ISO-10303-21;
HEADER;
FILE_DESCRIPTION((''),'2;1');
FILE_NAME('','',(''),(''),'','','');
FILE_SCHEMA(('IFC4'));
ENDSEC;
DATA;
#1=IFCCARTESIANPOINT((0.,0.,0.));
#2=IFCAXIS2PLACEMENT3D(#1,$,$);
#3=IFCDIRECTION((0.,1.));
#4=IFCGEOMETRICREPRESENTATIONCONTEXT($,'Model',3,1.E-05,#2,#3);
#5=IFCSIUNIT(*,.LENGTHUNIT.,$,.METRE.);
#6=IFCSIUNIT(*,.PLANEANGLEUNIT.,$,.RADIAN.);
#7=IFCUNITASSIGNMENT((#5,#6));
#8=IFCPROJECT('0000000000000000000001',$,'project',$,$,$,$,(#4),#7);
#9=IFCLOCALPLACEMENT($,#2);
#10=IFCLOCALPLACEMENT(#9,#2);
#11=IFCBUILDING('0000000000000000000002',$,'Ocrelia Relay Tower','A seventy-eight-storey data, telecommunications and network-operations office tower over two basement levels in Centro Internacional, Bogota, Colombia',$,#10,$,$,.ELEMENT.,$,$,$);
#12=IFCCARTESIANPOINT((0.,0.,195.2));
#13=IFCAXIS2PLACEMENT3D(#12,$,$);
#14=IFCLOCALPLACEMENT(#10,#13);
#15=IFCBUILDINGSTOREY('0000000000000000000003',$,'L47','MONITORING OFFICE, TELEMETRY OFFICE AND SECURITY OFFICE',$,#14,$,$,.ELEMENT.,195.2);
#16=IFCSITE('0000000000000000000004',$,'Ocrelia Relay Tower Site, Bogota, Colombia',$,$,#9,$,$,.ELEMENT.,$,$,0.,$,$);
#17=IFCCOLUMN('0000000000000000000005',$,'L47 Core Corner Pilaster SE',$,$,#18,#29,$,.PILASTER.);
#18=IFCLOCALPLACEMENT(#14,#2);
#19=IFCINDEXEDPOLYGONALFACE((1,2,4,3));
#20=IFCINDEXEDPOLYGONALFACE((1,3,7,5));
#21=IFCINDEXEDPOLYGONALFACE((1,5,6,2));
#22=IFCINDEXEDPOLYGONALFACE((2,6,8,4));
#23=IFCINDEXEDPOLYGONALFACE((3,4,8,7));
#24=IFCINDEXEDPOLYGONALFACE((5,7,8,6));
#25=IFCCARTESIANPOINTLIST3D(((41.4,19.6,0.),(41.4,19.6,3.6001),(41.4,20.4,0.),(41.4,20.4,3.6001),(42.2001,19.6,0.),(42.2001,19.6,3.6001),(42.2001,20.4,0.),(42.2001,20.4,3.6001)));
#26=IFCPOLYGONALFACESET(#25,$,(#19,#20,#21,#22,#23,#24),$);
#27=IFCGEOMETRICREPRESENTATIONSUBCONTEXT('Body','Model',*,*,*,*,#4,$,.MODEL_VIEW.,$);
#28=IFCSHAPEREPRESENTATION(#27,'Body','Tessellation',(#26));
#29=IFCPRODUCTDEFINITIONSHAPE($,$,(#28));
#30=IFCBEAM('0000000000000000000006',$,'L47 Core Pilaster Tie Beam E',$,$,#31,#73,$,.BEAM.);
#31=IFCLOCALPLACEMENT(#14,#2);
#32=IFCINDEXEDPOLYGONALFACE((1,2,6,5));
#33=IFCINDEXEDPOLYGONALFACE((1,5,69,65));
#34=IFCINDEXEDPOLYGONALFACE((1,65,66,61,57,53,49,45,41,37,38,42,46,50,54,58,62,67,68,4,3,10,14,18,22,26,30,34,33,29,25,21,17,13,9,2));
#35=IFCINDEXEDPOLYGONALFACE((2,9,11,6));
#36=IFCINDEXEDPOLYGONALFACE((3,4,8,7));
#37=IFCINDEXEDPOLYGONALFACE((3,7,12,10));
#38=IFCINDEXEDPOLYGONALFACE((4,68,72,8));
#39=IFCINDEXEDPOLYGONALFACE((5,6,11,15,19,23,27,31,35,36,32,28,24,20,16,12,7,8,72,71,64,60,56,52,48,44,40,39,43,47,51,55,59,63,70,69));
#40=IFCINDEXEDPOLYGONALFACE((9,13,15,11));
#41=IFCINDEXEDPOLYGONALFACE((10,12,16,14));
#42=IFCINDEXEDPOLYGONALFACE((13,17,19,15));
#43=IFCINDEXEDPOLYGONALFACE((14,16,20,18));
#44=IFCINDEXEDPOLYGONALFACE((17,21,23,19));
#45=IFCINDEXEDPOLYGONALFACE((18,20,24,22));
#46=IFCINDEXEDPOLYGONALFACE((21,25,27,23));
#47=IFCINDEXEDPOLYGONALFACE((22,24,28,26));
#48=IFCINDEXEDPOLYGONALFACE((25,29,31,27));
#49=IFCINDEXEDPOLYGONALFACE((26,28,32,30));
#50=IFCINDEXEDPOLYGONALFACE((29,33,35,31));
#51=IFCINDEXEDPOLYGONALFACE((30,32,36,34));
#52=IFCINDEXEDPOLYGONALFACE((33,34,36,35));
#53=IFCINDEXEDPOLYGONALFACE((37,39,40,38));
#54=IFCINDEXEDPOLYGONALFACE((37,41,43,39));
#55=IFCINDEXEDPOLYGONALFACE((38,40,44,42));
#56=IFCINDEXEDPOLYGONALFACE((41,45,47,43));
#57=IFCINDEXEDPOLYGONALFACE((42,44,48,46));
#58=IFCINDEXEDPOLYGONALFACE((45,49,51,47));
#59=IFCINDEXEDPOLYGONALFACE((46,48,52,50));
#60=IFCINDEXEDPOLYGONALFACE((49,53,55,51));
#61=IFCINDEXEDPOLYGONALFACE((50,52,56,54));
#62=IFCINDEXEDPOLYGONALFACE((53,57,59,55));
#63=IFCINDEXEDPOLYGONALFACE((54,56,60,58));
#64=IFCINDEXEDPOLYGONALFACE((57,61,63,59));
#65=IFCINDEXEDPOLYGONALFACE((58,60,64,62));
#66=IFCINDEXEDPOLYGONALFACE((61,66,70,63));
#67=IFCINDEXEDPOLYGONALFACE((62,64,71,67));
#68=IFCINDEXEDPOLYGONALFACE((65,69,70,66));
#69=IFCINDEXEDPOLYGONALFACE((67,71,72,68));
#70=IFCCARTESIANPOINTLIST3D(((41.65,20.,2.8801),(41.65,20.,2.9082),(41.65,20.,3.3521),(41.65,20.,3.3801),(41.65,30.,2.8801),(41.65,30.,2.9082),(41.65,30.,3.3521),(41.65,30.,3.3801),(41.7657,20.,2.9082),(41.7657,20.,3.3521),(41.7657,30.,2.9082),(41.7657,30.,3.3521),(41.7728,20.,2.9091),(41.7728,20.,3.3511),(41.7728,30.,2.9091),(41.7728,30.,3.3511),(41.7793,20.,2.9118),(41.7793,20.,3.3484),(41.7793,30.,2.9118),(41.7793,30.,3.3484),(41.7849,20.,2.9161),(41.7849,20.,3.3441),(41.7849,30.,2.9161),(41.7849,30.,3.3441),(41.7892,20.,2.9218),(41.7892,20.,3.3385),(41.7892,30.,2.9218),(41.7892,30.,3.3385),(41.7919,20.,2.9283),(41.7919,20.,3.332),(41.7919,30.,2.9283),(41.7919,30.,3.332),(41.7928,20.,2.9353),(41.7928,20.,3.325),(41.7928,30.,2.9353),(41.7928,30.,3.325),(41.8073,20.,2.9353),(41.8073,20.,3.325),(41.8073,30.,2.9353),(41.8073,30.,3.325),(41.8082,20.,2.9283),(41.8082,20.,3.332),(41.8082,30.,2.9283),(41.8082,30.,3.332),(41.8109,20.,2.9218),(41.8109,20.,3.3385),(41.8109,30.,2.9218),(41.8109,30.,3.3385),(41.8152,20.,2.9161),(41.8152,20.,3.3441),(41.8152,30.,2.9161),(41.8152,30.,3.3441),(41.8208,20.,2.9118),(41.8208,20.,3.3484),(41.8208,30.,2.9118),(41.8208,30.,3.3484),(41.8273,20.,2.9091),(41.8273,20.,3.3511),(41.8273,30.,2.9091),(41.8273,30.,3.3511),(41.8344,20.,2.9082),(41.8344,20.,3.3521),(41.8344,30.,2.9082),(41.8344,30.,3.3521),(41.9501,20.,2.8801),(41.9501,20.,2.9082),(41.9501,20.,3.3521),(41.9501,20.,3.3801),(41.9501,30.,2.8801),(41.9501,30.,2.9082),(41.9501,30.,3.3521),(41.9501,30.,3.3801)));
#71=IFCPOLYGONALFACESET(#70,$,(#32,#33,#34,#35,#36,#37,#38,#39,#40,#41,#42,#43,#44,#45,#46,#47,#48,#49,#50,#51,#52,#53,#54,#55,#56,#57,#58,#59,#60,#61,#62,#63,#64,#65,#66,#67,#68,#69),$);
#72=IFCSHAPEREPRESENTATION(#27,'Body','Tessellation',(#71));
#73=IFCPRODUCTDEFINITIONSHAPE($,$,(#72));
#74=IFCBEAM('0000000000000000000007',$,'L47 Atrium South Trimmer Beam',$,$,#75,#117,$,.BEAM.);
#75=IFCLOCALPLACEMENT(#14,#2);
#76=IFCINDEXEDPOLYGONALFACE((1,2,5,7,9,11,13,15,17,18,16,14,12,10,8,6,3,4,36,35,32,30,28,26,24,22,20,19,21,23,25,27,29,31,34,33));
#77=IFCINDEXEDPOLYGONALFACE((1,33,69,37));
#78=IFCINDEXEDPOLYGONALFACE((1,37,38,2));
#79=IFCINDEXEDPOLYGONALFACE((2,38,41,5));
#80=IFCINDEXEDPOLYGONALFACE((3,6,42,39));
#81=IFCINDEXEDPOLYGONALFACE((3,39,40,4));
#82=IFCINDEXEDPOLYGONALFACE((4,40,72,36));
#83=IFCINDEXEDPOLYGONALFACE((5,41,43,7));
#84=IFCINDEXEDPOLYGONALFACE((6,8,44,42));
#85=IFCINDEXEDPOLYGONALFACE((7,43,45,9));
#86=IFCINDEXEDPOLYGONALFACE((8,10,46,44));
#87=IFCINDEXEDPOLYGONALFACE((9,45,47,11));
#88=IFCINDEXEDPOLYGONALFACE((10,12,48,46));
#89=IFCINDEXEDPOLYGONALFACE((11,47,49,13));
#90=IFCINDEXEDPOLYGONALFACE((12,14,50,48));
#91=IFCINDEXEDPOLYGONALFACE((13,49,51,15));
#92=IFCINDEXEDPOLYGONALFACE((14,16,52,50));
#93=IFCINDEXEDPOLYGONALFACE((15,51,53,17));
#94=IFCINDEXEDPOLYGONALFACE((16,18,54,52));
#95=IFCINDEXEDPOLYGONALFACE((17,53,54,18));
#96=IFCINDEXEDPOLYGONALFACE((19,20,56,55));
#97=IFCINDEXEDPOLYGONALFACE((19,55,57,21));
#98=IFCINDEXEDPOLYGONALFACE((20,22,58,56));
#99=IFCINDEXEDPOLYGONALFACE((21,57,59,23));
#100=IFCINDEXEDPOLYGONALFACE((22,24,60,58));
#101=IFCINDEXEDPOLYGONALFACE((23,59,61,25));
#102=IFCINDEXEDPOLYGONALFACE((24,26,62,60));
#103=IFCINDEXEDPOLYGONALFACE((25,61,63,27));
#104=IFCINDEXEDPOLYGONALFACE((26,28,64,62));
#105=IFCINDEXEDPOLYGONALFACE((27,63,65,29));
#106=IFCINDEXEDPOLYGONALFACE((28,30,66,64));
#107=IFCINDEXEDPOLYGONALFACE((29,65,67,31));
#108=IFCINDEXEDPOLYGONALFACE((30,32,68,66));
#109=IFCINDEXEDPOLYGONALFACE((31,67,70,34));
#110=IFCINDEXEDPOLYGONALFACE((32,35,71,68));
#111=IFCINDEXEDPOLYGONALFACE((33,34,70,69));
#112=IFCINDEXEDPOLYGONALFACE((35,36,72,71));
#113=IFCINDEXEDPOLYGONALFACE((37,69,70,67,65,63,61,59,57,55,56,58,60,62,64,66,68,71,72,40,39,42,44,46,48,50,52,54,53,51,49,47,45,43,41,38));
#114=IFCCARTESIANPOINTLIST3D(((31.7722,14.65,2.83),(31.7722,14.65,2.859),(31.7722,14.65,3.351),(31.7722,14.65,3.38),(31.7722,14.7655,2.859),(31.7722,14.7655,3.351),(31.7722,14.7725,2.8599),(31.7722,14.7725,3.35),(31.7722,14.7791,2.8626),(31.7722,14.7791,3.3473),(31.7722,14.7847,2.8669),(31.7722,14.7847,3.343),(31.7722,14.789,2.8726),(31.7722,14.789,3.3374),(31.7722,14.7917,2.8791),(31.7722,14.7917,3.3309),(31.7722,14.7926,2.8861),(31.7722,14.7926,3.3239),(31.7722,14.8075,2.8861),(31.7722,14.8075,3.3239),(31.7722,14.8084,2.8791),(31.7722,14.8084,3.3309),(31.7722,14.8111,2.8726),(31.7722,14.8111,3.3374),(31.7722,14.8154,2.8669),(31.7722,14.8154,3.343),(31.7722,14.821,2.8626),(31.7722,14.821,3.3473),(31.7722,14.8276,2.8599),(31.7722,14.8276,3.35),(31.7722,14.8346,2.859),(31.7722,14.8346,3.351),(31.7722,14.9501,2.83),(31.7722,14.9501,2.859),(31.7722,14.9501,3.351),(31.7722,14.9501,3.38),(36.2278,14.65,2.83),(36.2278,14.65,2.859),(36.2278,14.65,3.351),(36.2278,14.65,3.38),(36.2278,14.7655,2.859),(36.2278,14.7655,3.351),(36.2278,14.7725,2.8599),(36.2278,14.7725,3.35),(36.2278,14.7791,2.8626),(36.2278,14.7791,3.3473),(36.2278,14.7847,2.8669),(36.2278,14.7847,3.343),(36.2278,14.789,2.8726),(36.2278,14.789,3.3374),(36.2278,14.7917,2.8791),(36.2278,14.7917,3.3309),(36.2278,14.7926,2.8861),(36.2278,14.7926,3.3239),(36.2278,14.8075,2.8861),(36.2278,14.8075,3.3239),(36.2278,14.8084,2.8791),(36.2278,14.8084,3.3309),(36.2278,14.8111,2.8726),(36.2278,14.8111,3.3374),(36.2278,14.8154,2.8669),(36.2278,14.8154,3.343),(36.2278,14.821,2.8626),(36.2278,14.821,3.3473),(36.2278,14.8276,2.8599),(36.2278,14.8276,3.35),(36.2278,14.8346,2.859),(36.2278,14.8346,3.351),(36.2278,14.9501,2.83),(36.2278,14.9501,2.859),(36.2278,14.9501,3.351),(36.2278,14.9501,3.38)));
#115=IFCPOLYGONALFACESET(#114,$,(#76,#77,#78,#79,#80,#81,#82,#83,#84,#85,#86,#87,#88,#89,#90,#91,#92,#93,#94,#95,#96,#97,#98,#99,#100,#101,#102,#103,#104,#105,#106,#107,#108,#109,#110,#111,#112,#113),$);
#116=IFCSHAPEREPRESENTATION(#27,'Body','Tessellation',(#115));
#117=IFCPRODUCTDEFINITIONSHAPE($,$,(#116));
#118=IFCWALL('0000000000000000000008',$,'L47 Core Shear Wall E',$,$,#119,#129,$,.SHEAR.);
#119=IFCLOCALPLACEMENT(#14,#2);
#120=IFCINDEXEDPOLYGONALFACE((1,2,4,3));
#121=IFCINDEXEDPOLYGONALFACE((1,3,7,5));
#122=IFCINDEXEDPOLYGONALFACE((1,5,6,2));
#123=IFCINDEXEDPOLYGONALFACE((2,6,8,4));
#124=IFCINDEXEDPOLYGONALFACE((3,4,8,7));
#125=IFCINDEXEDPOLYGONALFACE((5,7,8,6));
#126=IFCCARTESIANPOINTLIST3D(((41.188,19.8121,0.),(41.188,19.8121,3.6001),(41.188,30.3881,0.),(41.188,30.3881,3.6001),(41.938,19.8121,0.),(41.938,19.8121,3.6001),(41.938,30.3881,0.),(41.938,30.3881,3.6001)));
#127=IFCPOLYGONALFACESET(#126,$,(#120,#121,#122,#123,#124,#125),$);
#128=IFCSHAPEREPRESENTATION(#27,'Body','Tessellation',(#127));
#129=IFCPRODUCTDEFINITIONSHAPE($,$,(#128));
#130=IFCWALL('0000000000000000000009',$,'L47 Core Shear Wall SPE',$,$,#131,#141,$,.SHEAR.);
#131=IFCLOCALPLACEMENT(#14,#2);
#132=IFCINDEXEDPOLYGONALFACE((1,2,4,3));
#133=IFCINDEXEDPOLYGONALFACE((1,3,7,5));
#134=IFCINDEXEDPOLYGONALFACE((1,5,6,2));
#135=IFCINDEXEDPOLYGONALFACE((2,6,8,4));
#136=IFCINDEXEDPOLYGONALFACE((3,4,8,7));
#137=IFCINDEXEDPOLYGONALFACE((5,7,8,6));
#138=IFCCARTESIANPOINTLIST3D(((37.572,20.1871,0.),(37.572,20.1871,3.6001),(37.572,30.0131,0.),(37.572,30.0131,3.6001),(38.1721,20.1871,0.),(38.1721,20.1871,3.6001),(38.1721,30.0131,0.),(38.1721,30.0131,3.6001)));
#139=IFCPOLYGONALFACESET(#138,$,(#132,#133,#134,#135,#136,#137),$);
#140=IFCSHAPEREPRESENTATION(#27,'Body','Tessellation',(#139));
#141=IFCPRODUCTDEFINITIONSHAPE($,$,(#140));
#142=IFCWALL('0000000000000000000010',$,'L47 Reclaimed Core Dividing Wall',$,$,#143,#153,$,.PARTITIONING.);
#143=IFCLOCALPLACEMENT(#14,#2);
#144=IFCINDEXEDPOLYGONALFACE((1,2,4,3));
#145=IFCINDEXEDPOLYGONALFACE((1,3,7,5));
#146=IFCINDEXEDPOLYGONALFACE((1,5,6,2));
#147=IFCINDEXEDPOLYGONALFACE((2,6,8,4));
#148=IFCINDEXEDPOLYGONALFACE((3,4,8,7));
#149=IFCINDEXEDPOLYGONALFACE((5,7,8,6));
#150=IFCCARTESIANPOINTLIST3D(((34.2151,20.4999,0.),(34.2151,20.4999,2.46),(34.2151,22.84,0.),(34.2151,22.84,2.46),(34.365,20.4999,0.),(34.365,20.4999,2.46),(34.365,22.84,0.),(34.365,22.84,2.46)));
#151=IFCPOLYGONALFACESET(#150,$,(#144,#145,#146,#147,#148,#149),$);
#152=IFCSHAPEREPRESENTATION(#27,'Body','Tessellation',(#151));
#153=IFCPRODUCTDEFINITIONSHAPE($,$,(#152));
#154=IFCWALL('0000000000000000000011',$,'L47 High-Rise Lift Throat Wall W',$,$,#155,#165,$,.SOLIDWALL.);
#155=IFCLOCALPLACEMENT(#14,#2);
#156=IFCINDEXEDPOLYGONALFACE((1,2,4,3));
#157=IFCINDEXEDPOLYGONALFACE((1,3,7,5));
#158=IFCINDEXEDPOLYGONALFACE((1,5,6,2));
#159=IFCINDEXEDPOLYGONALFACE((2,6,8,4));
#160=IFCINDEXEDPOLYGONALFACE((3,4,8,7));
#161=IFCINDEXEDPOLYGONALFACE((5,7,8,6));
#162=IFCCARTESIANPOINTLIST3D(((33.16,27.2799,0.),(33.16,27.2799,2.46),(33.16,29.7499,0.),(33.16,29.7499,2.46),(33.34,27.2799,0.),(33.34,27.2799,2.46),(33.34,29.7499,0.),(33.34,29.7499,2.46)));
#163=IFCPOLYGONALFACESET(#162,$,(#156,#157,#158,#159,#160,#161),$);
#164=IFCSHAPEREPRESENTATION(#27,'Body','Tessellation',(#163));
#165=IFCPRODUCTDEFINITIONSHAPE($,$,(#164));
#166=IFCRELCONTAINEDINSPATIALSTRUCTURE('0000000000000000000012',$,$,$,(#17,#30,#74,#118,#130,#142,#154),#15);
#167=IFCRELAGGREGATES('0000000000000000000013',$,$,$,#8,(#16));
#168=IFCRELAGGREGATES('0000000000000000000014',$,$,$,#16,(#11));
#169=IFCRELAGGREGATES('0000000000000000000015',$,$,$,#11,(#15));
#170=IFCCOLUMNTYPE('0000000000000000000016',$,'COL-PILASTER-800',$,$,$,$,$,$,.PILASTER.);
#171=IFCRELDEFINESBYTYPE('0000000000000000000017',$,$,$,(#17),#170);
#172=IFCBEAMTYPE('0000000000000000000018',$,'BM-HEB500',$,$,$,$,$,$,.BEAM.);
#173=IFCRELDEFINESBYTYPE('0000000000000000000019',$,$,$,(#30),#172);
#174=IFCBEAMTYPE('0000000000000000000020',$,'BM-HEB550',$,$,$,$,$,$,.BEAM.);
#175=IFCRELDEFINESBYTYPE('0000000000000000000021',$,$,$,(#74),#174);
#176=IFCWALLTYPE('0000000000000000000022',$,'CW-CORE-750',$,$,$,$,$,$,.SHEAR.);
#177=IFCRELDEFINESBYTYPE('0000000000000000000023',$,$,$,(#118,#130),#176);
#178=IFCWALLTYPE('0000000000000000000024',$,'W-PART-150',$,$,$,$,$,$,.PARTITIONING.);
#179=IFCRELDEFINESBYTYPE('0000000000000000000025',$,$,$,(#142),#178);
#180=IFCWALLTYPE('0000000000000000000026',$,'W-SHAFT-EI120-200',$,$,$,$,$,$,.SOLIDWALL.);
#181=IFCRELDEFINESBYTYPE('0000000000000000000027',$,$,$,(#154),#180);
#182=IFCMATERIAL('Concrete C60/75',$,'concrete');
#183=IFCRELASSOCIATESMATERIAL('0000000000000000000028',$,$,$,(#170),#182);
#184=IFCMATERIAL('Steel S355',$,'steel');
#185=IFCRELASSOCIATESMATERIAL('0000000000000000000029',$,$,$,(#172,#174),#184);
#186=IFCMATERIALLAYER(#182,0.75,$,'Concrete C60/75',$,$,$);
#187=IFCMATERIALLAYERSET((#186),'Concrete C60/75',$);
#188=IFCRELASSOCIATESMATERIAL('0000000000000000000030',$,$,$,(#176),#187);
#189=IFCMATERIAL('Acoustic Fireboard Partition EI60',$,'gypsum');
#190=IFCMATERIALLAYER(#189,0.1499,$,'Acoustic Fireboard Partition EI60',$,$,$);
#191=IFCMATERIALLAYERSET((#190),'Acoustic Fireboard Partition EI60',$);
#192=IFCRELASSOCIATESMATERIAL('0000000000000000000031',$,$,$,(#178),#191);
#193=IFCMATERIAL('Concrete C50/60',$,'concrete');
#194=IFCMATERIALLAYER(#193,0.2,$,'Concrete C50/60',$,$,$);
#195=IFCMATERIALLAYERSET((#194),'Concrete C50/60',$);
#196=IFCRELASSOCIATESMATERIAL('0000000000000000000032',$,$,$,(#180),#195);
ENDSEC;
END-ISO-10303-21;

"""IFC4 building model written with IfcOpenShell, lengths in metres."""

from ifc_helpers import new_model, si_unit, direction, frame, frame_2d, origin, origin_2d, place, context, subcontext, project, spatial, rectangle, i_section, extrude, material, layer, layer_set, material_profile, profile_set, type_object, element, save


model = new_model("IFC4")

# Units and contexts
model_context = context("Model", 3, precision=1e-05, world=origin(), true_north=direction((0.0, 1.0)))
body_context = subcontext(model_context, "Body", "Model", "MODEL_VIEW")
ifc_project = project(units=[si_unit("LENGTHUNIT", "METRE"), si_unit("PLANEANGLEUNIT", "RADIAN")], contexts=[model_context])

# Site, building, storey
site_placement = place(None, origin())
site = spatial("IfcSite", under=ifc_project, at=site_placement, Name="Ocrelia Relay Tower Site, Bogota, Colombia", CompositionType="ELEMENT", RefElevation=0.0)
building_placement = place(site_placement, origin())
building = spatial("IfcBuilding", under=site, at=building_placement, Name="Ocrelia Relay Tower", Description="A seventy-eight-storey data, telecommunications and network-operations office tower over two basement levels in Centro Internacional, Bogota, Colombia", CompositionType="ELEMENT")
storey_placement = place(building_placement, frame((0.0, 0.0, 195.2)))
storey = spatial("IfcBuildingStorey", under=building, at=storey_placement, Name="L47", Description="MONITORING OFFICE, TELEMETRY OFFICE AND SECURITY OFFICE", CompositionType="ELEMENT", Elevation=195.2)

# Column
ifc_material_1 = material(Name="Concrete C60/75", Category="concrete")
ifc_material_profile_1 = material_profile(ifc_material_1, rectangle(XDim=0.8, YDim=0.8, at=origin_2d()), Name="RC-COL-800x800")
ifc_profile_set_1 = profile_set([ifc_material_profile_1], Name="Concrete C60/75")
column_type = type_object("IfcColumnType", Name="COL-PILASTER-800", PredefinedType="PILASTER", material=ifc_profile_set_1)
column_placement = place(storey_placement, frame((41.8, 20.0, 0.0), z_axis=(0.0, 0.0, 1.0), x_axis=(1.0, 0.0, 0.0)))
element("IfcColumn", 1, at=column_placement, inside=storey, type_object=column_type, Name="L47 Core Corner Pilaster SE", PredefinedType="PILASTER", context=body_context, shape_type="SweptSolid", body=[
    extrude(rectangle(XDim=0.8, YDim=0.8, at=origin_2d()), origin(), (0.0, 0.0, 1.0), 3.6001),
])

# Beams
ifc_material_2 = material(Name="Steel S355", Category="steel")
ifc_material_profile_2 = material_profile(ifc_material_2, i_section(OverallWidth=0.3, OverallDepth=0.5, WebThickness=0.0144, FlangeThickness=0.0281, FilletRadius=0.0271, at=origin_2d()), Name="HEB 500")
ifc_profile_set_2 = profile_set([ifc_material_profile_2], Name="Steel S355")
beam_type_1 = type_object("IfcBeamType", Name="BM-HEB500", PredefinedType="BEAM", material=ifc_profile_set_2)
beam_1_placement = place(storey_placement, frame((41.8, 20.0, 3.1301), z_axis=(0.0, 1.0, 0.0), x_axis=(-1.0, 0.0, 0.0)))
element("IfcBeam", 2, at=beam_1_placement, inside=storey, type_object=beam_type_1, Name="L47 Core Pilaster Tie Beam E", PredefinedType="BEAM", context=body_context, shape_type="SweptSolid", body=[
    extrude(i_section(OverallWidth=0.3, OverallDepth=0.5, WebThickness=0.0144, FlangeThickness=0.0281, FilletRadius=0.0271, at=origin_2d()), origin(), (0.0, 0.0, 1.0), 10.0),
])
ifc_material_profile_3 = material_profile(ifc_material_2, i_section(OverallWidth=0.3, OverallDepth=0.55, WebThickness=0.0149, FlangeThickness=0.0291, FilletRadius=0.0271, at=origin_2d()), Name="HEB 550")
ifc_profile_set_3 = profile_set([ifc_material_profile_3], Name="Steel S355")
beam_type_2 = type_object("IfcBeamType", Name="BM-HEB550", PredefinedType="BEAM", material=ifc_profile_set_3)
beam_2_placement = place(storey_placement, frame((31.7722, 14.8, 3.105), z_axis=(1.0, 0.0, 0.0), x_axis=(0.0, 1.0, 0.0)))
element("IfcBeam", 3, at=beam_2_placement, inside=storey, type_object=beam_type_2, Name="L47 Atrium South Trimmer Beam", PredefinedType="BEAM", context=body_context, shape_type="SweptSolid", body=[
    extrude(i_section(OverallWidth=0.3, OverallDepth=0.55, WebThickness=0.0149, FlangeThickness=0.0291, FilletRadius=0.0271, at=origin_2d()), origin(), (0.0, 0.0, 1.0), 4.4556),
])

# Walls
ifc_layer_1 = layer(ifc_material_1, 0.75, Name="Concrete C60/75")
ifc_layer_set_1 = layer_set([ifc_layer_1], Name="Concrete C60/75")
wall_type_1 = type_object("IfcWallType", Name="CW-CORE-750", PredefinedType="SHEAR", material=ifc_layer_set_1)
wall_1_placement = place(storey_placement, frame((41.563, 19.812, 0.0), z_axis=(0.0, 0.0, 1.0), x_axis=(0.0, 1.0, 0.0)))
element("IfcWall", 4, at=wall_1_placement, inside=storey, type_object=wall_type_1, Name="L47 Core Shear Wall E", PredefinedType="SHEAR", context=body_context, shape_type="SweptSolid", body=[
    extrude(rectangle(XDim=10.5759, YDim=0.75, at=frame_2d((5.2881, 0.0))), origin(), (0.0, 0.0, 1.0), 3.6001),
])
wall_2_placement = place(storey_placement, frame((37.8721, 20.187, 0.0), z_axis=(0.0, 0.0, 1.0), x_axis=(0.0, 1.0, 0.0)))
element("IfcWall", 5, at=wall_2_placement, inside=storey, type_object=wall_type_1, Name="L47 Core Shear Wall SPE", PredefinedType="SHEAR", context=body_context, shape_type="SweptSolid", body=[
    extrude(rectangle(XDim=9.8259, YDim=0.6001, at=frame_2d((4.9131, 0.0))), origin(), (0.0, 0.0, 1.0), 3.6001),
])
ifc_material_3 = material(Name="Acoustic Fireboard Partition EI60", Category="gypsum")
ifc_layer_2 = layer(ifc_material_3, 0.1499, Name="Acoustic Fireboard Partition EI60")
ifc_layer_set_2 = layer_set([ifc_layer_2], Name="Acoustic Fireboard Partition EI60")
wall_type_2 = type_object("IfcWallType", Name="W-PART-150", PredefinedType="PARTITIONING", material=ifc_layer_set_2)
wall_3_placement = place(storey_placement, frame((34.29, 20.5, 0.0), z_axis=(0.0, 0.0, 1.0), x_axis=(0.0, 1.0, 0.0)))
element("IfcWall", 6, at=wall_3_placement, inside=storey, type_object=wall_type_2, Name="L47 Reclaimed Core Dividing Wall", PredefinedType="PARTITIONING", context=body_context, shape_type="SweptSolid", body=[
    extrude(rectangle(XDim=2.3401, YDim=0.1499, at=frame_2d((1.1699, 0.0))), origin(), (0.0, 0.0, 1.0), 2.46),
])
ifc_material_4 = material(Name="Concrete C50/60", Category="concrete")
ifc_layer_3 = layer(ifc_material_4, 0.2, Name="Concrete C50/60")
ifc_layer_set_3 = layer_set([ifc_layer_3], Name="Concrete C50/60")
wall_type_3 = type_object("IfcWallType", Name="W-SHAFT-EI120-200", PredefinedType="SOLIDWALL", material=ifc_layer_set_3)
wall_4_placement = place(storey_placement, frame((33.25, 27.28, 0.0), z_axis=(0.0, 0.0, 1.0), x_axis=(0.0, 1.0, 0.0)))
element("IfcWall", 7, at=wall_4_placement, inside=storey, type_object=wall_type_3, Name="L47 High-Rise Lift Throat Wall W", PredefinedType="SOLIDWALL", context=body_context, shape_type="SweptSolid", body=[
    extrude(rectangle(XDim=2.47, YDim=0.1799, at=frame_2d((1.2349, 0.0))), origin(), (0.0, 0.0, 1.0), 2.46),
])

save(model, "model.ifc")
